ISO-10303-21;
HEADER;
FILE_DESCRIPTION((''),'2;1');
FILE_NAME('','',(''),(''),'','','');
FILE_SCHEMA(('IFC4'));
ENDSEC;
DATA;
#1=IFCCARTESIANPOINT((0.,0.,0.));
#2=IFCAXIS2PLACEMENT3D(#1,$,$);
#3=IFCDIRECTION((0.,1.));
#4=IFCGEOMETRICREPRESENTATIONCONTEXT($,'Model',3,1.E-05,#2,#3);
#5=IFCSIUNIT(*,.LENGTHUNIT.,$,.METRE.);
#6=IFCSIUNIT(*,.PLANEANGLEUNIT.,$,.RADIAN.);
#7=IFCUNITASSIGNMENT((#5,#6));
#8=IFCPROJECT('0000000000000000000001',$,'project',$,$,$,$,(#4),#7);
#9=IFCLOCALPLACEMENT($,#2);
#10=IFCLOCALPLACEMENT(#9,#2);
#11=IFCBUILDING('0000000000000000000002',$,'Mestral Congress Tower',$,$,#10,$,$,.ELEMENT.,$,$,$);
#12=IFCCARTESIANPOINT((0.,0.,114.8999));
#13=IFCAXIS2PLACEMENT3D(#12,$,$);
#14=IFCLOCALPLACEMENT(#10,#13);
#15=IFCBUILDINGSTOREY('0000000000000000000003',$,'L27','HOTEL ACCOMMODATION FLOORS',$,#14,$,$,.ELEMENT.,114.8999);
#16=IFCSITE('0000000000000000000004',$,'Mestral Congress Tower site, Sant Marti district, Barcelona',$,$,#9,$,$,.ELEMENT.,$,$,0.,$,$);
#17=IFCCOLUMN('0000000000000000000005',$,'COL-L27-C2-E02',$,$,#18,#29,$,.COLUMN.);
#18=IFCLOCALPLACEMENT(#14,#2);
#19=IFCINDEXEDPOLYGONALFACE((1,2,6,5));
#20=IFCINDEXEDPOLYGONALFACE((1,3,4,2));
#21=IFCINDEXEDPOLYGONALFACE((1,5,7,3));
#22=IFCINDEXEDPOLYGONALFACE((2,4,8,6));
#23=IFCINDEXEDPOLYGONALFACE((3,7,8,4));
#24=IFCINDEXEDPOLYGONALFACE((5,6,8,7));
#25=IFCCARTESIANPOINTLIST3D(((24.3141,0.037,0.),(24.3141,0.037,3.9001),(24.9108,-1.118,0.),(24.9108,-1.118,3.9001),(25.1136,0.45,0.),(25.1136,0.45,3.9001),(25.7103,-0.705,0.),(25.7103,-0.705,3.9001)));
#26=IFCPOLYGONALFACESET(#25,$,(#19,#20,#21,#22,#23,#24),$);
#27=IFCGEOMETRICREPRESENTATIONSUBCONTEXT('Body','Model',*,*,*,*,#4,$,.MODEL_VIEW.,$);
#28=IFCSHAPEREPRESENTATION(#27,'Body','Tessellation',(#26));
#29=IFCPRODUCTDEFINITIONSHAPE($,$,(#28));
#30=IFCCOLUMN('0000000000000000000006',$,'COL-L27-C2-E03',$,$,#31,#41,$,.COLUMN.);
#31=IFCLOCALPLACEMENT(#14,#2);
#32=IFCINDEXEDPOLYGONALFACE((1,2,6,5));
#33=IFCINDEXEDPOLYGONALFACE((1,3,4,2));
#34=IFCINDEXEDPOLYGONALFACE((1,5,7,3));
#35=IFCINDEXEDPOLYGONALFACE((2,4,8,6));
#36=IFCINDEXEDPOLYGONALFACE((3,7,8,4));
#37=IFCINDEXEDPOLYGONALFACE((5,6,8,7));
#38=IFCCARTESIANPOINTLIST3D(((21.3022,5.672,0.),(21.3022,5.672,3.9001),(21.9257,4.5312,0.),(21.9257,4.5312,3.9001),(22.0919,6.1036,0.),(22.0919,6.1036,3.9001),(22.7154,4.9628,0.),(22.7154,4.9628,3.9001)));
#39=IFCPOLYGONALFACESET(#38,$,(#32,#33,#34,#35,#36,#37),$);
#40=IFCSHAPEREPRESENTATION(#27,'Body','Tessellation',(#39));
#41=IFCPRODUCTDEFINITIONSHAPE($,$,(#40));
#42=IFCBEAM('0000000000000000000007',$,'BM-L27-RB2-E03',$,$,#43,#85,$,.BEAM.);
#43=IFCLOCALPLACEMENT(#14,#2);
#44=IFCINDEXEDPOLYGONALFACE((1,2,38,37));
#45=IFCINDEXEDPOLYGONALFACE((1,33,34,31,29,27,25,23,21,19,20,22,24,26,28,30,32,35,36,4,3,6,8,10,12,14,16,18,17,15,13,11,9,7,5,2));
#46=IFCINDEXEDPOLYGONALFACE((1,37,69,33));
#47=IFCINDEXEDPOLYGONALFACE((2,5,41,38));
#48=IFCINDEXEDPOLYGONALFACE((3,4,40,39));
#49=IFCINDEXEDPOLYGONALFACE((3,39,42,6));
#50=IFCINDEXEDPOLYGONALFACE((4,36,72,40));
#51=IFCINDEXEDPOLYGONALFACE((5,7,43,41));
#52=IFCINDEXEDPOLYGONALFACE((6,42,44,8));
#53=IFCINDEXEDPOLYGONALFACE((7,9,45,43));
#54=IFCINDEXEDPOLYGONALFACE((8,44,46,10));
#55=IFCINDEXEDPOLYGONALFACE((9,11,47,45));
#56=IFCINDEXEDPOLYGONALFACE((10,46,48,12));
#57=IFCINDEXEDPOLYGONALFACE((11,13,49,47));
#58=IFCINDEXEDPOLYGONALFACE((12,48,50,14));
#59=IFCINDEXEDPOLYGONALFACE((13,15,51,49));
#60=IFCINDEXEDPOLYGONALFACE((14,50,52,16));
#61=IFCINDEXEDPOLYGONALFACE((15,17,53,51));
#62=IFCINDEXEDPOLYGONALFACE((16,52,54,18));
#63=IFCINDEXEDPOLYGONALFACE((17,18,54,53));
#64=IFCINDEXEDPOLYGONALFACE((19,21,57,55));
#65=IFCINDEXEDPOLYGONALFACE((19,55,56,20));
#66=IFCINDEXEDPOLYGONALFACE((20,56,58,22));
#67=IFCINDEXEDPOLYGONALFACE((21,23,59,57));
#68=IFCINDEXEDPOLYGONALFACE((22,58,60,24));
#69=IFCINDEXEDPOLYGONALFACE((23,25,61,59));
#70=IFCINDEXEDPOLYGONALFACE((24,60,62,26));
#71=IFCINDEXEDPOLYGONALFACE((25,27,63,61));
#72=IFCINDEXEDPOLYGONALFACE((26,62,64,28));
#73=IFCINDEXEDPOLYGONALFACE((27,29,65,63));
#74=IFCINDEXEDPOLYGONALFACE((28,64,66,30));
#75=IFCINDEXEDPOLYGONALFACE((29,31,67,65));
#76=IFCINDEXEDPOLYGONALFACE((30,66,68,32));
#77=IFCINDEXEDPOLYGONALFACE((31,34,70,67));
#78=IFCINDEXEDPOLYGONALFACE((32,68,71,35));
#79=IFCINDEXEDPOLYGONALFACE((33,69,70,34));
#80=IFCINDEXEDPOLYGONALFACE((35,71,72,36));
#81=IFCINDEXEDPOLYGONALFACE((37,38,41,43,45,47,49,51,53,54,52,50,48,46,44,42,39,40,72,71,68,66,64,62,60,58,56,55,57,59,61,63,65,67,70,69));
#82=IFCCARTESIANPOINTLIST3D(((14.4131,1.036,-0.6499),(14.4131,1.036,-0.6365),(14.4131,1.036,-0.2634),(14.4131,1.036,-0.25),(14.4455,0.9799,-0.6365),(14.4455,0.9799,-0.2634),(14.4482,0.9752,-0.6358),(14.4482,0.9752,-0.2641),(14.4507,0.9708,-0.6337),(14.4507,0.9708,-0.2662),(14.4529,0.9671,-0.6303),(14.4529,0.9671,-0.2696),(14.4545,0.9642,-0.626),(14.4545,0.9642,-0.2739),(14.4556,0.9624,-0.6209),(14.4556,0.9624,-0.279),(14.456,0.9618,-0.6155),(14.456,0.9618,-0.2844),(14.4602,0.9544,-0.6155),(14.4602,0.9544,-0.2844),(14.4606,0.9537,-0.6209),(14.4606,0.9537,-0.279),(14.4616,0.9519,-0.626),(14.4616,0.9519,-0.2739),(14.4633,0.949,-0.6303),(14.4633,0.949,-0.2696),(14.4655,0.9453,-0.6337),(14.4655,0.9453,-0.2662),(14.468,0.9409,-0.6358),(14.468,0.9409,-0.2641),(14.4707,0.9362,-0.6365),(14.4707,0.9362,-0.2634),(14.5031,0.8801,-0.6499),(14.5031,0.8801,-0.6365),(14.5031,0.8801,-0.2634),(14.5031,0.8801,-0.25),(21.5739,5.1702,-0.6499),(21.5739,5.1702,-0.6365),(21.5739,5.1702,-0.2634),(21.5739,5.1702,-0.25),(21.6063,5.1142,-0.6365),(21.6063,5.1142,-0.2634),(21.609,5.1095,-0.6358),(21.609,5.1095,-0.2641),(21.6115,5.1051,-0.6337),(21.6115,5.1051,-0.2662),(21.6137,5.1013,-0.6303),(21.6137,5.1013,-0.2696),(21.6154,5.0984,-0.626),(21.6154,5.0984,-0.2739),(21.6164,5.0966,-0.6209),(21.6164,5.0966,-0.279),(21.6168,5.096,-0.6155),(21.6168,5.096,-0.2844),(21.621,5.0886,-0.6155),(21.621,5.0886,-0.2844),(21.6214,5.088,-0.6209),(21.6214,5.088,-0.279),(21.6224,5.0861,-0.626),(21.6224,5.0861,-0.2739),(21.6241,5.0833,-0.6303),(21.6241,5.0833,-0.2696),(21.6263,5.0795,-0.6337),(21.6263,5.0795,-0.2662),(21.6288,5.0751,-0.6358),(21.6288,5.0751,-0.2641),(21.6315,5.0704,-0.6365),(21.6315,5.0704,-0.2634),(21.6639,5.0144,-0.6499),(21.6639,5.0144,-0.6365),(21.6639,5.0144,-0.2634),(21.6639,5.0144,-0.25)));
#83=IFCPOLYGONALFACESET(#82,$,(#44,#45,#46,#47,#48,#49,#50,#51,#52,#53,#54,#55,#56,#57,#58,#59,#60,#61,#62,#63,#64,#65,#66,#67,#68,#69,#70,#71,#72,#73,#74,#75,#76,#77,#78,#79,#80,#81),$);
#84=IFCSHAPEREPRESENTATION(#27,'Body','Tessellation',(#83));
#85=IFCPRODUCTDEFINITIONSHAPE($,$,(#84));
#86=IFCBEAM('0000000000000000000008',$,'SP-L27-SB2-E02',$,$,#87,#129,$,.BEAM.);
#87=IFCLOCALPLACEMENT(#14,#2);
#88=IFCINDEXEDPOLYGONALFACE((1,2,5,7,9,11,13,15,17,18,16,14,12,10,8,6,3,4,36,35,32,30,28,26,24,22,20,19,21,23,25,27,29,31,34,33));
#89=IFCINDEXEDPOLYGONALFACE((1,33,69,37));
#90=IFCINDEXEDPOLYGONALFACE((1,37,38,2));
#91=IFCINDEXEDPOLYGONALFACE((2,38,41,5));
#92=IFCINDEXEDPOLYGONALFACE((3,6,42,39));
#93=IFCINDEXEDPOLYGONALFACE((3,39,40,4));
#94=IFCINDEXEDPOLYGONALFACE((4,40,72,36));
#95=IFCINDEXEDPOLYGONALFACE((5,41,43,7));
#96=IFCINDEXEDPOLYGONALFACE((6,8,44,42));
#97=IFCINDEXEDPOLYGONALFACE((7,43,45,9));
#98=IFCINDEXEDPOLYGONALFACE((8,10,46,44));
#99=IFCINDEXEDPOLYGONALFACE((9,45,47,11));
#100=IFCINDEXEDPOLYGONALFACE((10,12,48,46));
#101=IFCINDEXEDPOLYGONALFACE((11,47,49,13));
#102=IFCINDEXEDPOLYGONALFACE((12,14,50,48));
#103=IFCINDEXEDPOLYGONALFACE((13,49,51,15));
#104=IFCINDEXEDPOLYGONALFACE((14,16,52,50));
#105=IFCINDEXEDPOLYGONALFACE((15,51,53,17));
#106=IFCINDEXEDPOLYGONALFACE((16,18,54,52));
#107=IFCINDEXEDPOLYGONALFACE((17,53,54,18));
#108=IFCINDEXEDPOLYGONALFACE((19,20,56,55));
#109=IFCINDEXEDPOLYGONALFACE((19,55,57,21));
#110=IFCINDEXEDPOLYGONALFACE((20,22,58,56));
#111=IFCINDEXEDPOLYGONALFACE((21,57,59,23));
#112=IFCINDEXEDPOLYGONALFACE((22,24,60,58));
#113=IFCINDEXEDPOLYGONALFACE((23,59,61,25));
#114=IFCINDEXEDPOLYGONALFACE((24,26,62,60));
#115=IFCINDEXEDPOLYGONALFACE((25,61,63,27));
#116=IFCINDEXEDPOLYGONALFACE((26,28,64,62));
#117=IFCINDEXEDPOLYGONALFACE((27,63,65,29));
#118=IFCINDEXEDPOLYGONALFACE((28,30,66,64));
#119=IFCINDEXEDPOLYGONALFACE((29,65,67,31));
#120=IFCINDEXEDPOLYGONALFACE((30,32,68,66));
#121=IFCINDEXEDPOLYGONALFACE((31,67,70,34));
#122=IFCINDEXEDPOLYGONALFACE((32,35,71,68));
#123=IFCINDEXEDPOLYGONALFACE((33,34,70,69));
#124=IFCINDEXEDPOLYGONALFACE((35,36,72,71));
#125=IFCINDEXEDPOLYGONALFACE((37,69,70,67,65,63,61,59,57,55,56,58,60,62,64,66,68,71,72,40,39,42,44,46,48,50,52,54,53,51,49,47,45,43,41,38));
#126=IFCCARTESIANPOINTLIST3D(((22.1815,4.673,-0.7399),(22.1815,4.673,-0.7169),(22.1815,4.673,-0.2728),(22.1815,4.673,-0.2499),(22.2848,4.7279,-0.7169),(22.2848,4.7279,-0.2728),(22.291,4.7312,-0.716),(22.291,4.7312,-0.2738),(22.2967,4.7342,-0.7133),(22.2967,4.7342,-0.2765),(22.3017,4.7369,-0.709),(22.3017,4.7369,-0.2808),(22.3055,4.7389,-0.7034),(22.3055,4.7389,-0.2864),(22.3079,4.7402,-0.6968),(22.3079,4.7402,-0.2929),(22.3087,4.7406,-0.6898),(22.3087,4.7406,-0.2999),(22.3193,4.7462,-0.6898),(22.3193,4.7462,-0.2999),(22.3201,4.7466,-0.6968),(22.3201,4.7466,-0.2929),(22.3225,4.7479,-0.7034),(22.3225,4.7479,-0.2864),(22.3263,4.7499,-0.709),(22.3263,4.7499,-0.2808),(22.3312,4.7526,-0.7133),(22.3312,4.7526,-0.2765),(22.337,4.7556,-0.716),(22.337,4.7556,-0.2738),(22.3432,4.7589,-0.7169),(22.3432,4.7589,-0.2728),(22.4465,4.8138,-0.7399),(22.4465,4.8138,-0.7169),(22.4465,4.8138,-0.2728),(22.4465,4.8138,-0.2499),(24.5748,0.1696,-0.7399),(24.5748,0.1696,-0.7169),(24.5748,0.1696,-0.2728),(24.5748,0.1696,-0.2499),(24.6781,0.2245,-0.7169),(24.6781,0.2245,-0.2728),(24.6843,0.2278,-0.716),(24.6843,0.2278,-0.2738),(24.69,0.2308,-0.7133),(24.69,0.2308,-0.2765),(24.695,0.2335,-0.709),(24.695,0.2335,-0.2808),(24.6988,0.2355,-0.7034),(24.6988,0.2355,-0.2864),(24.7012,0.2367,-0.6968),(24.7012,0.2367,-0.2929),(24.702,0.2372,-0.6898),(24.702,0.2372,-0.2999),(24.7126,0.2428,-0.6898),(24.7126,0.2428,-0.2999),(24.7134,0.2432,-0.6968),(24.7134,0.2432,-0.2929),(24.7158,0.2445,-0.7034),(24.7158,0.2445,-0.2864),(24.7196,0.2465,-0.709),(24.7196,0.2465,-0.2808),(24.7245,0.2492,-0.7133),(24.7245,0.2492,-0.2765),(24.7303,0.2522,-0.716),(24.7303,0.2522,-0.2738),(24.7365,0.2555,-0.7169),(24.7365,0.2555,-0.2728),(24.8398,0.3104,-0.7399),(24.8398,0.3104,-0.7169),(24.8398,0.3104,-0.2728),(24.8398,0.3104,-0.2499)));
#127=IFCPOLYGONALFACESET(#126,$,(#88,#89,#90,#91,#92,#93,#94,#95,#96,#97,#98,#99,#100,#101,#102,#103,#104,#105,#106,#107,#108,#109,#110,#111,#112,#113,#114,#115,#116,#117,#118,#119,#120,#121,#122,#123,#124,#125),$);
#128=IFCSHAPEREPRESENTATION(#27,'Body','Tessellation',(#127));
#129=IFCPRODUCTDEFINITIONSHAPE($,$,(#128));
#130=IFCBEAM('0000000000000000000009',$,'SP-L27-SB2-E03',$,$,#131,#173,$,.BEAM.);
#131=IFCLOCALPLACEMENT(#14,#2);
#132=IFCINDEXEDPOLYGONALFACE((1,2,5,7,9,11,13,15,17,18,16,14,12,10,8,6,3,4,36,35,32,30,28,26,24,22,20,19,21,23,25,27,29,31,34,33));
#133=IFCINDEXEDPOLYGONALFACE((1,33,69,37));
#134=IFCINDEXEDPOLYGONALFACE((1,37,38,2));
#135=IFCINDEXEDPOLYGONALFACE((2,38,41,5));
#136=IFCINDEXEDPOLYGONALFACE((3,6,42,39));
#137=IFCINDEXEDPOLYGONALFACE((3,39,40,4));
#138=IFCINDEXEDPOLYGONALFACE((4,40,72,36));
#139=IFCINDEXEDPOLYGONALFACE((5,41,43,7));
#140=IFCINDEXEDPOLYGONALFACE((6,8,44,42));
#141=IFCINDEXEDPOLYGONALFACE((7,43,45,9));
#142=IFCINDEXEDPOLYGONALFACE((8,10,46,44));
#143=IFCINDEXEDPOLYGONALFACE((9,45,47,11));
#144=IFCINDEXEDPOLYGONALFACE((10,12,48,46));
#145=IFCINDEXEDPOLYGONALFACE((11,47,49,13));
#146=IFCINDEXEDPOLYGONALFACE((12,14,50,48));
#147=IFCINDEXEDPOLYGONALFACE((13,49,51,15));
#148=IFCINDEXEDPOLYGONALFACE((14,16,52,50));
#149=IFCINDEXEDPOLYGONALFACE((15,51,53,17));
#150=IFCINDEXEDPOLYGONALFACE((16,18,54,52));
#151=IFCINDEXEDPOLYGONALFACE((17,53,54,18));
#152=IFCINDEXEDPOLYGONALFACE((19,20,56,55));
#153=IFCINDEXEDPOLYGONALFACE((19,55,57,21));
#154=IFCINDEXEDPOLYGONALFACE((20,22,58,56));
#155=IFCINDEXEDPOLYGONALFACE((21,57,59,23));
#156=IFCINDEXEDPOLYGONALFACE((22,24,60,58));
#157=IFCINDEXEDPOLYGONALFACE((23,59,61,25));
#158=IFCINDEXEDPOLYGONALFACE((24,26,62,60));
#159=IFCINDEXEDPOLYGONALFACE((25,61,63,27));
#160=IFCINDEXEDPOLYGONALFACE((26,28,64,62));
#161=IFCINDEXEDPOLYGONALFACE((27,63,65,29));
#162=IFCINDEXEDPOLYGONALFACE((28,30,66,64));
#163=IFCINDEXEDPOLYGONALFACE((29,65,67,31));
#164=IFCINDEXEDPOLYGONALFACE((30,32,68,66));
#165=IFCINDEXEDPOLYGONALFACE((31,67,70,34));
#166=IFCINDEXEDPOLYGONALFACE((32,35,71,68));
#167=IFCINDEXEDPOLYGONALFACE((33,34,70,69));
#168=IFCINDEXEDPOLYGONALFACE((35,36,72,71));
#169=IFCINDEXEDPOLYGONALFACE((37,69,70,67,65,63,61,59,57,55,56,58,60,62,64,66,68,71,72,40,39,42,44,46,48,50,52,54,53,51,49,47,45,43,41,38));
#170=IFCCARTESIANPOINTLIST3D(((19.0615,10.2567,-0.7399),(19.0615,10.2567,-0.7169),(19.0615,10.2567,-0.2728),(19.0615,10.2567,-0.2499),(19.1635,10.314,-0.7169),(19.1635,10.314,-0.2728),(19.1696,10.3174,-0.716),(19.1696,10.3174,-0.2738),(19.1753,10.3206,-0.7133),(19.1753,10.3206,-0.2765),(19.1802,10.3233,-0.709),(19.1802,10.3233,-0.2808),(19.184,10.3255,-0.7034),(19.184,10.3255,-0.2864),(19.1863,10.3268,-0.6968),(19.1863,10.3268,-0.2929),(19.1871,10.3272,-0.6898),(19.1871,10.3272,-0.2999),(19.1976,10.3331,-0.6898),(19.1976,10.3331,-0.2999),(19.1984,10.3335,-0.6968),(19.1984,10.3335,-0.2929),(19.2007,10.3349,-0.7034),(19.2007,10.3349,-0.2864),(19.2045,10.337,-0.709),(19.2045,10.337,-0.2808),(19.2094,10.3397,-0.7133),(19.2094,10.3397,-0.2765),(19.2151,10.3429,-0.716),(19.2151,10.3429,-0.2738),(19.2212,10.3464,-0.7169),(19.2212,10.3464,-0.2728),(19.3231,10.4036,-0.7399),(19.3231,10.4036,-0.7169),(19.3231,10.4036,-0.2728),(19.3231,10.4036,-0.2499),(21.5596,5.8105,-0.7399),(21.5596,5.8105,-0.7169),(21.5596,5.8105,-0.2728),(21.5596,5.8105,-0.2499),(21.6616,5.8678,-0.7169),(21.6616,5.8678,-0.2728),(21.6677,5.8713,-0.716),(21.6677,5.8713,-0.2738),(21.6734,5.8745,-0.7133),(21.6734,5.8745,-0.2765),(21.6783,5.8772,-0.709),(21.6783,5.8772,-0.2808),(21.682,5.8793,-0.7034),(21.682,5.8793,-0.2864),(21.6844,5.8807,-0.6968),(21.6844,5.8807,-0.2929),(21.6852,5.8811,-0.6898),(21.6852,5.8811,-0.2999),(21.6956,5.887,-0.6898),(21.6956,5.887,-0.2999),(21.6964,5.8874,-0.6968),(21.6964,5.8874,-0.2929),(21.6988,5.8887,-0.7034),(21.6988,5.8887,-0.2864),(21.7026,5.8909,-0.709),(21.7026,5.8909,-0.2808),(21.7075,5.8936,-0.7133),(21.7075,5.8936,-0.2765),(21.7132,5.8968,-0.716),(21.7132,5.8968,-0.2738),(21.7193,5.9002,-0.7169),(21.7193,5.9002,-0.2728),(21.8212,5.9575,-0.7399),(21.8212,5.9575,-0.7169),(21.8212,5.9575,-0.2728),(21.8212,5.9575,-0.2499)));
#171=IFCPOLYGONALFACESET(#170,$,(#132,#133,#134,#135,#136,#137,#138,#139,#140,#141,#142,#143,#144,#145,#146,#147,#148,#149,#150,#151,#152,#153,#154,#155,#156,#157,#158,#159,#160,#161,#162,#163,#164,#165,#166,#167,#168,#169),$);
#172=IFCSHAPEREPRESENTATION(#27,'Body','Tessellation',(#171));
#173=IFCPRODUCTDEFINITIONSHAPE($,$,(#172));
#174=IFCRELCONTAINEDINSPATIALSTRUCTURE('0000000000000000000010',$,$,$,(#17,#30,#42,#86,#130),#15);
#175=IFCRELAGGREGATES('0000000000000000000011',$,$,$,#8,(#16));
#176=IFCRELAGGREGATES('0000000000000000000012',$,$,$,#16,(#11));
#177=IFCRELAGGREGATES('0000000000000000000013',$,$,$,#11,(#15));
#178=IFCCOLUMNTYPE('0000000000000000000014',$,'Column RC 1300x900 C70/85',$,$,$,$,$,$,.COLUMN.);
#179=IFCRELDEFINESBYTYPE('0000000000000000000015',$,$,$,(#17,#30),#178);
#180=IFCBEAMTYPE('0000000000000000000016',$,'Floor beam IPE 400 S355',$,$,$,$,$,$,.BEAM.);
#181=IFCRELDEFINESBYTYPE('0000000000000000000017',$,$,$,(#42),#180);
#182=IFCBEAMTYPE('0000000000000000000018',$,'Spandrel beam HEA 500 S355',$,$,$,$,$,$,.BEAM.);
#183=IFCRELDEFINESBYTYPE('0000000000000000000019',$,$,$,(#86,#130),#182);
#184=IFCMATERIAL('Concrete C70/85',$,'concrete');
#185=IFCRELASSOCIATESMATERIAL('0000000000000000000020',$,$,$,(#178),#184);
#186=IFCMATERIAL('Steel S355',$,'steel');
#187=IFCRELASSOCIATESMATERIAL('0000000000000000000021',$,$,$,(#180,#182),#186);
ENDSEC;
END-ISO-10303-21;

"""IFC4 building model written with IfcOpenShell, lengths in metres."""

from ifc_helpers import new_model, si_unit, direction, frame, origin, origin_2d, place, context, subcontext, project, spatial, rectangle, i_section, extrude, material, material_profile, profile_set, type_object, element, save


model = new_model("IFC4")

# Units and contexts
model_context = context("Model", 3, precision=1e-05, world=origin(), true_north=direction((0.0, 1.0)))
body_context = subcontext(model_context, "Body", "Model", "MODEL_VIEW")
ifc_project = project(units=[si_unit("LENGTHUNIT", "METRE"), si_unit("PLANEANGLEUNIT", "RADIAN")], contexts=[model_context])

# Site, building, storey
site_placement = place(None, origin())
site = spatial("IfcSite", under=ifc_project, at=site_placement, Name="Mestral Congress Tower site, Sant Marti district, Barcelona", CompositionType="ELEMENT", RefElevation=0.0)
building_placement = place(site_placement, origin())
building = spatial("IfcBuilding", under=site, at=building_placement, Name="Mestral Congress Tower", CompositionType="ELEMENT")
storey_placement = place(building_placement, frame((0.0, 0.0, 114.8999)))
storey = spatial("IfcBuildingStorey", under=building, at=storey_placement, Name="L27", Description="HOTEL ACCOMMODATION FLOORS", CompositionType="ELEMENT", Elevation=114.8999)

# Columns
ifc_material_1 = material(Name="Concrete C70/85", Category="concrete")
ifc_material_profile_1 = material_profile(ifc_material_1, rectangle(XDim=1.3, YDim=0.8999, at=origin_2d()), Name="RC 1300x900")
ifc_profile_set_1 = profile_set([ifc_material_profile_1], Name="Concrete C70/85")
column_type = type_object("IfcColumnType", Name="Column RC 1300x900 C70/85", PredefinedType="COLUMN", material=ifc_profile_set_1)
for number, where, z_axis, x_axis, name in (
    (1, (25.0122, -0.334, 0.0), (0.0, 0.0, 1.0), (-0.458961, 0.888456, 0.0), "COL-L27-C2-E02"),
    (2, (22.0088, 5.3174, 0.0), (0.0, 0.0, 1.0), (-0.479613, 0.87748, 0.0), "COL-L27-C2-E03"),
):
    element("IfcColumn", number, at=place(storey_placement, frame(where, z_axis=z_axis, x_axis=x_axis)), inside=storey, type_object=column_type, Name=name, PredefinedType="COLUMN", context=body_context, shape_type="SweptSolid", body=[
        extrude(rectangle(XDim=1.3, YDim=0.8999, at=origin_2d()), origin(), (0.0, 0.0, 1.0), 3.9001),
    ])

# Beams
ifc_material_2 = material(Name="Steel S355", Category="steel")
ifc_material_profile_2 = material_profile(ifc_material_2, i_section(OverallWidth=0.1799, OverallDepth=0.3999, WebThickness=0.0085, FlangeThickness=0.0134, FilletRadius=0.021, at=origin_2d()), Name="IPE 400")
ifc_profile_set_2 = profile_set([ifc_material_profile_2], Name="Steel S355")
beam_type_1 = type_object("IfcBeamType", Name="Floor beam IPE 400 S355", PredefinedType="BEAM", material=ifc_profile_set_2)
beam_placement = place(storey_placement, frame((21.6189, 5.0923, -0.45), z_axis=(-0.866029, -0.499994, 0.0), x_axis=(0.499994, -0.866029, 0.0)))
element("IfcBeam", 3, at=beam_placement, inside=storey, type_object=beam_type_1, Name="BM-L27-RB2-E03", PredefinedType="BEAM", context=body_context, shape_type="SweptSolid", body=[
    extrude(i_section(OverallWidth=0.1799, OverallDepth=0.3999, WebThickness=0.0085, FlangeThickness=0.0134, FilletRadius=0.021, at=origin_2d()), origin(), (0.0, 0.0, 1.0), 8.2686),
])
ifc_material_profile_3 = material_profile(ifc_material_2, i_section(OverallWidth=0.3, OverallDepth=0.49, WebThickness=0.012, FlangeThickness=0.0229, FilletRadius=0.0271, at=origin_2d()), Name="HEA 500")
ifc_profile_set_3 = profile_set([ifc_material_profile_3], Name="Steel S355")
beam_type_2 = type_object("IfcBeamType", Name="Spandrel beam HEA 500 S355", PredefinedType="BEAM", material=ifc_profile_set_3)
for number, where, z_axis, x_axis, name in (
    (4, (24.7073, 0.24, -0.4949), (-0.469288, 0.883045, 0.0), (-0.883045, -0.469288, 0.0), "SP-L27-SB2-E02"),
    (5, (21.6904, 5.884, -0.4949), (-0.489836, 0.871815, 0.0), (-0.871815, -0.489836, 0.0), "SP-L27-SB2-E03"),
):
    element("IfcBeam", number, at=place(storey_placement, frame(where, z_axis=z_axis, x_axis=x_axis)), inside=storey, type_object=beam_type_2, Name=name, PredefinedType="BEAM", context=body_context, shape_type="SweptSolid", body=[
        extrude(i_section(OverallWidth=0.3, OverallDepth=0.49, WebThickness=0.012, FlangeThickness=0.0229, FilletRadius=0.0271, at=origin_2d()), origin(), (0.0, 0.0, 1.0), 5.0999),
    ])

save(model, "model.ifc")
